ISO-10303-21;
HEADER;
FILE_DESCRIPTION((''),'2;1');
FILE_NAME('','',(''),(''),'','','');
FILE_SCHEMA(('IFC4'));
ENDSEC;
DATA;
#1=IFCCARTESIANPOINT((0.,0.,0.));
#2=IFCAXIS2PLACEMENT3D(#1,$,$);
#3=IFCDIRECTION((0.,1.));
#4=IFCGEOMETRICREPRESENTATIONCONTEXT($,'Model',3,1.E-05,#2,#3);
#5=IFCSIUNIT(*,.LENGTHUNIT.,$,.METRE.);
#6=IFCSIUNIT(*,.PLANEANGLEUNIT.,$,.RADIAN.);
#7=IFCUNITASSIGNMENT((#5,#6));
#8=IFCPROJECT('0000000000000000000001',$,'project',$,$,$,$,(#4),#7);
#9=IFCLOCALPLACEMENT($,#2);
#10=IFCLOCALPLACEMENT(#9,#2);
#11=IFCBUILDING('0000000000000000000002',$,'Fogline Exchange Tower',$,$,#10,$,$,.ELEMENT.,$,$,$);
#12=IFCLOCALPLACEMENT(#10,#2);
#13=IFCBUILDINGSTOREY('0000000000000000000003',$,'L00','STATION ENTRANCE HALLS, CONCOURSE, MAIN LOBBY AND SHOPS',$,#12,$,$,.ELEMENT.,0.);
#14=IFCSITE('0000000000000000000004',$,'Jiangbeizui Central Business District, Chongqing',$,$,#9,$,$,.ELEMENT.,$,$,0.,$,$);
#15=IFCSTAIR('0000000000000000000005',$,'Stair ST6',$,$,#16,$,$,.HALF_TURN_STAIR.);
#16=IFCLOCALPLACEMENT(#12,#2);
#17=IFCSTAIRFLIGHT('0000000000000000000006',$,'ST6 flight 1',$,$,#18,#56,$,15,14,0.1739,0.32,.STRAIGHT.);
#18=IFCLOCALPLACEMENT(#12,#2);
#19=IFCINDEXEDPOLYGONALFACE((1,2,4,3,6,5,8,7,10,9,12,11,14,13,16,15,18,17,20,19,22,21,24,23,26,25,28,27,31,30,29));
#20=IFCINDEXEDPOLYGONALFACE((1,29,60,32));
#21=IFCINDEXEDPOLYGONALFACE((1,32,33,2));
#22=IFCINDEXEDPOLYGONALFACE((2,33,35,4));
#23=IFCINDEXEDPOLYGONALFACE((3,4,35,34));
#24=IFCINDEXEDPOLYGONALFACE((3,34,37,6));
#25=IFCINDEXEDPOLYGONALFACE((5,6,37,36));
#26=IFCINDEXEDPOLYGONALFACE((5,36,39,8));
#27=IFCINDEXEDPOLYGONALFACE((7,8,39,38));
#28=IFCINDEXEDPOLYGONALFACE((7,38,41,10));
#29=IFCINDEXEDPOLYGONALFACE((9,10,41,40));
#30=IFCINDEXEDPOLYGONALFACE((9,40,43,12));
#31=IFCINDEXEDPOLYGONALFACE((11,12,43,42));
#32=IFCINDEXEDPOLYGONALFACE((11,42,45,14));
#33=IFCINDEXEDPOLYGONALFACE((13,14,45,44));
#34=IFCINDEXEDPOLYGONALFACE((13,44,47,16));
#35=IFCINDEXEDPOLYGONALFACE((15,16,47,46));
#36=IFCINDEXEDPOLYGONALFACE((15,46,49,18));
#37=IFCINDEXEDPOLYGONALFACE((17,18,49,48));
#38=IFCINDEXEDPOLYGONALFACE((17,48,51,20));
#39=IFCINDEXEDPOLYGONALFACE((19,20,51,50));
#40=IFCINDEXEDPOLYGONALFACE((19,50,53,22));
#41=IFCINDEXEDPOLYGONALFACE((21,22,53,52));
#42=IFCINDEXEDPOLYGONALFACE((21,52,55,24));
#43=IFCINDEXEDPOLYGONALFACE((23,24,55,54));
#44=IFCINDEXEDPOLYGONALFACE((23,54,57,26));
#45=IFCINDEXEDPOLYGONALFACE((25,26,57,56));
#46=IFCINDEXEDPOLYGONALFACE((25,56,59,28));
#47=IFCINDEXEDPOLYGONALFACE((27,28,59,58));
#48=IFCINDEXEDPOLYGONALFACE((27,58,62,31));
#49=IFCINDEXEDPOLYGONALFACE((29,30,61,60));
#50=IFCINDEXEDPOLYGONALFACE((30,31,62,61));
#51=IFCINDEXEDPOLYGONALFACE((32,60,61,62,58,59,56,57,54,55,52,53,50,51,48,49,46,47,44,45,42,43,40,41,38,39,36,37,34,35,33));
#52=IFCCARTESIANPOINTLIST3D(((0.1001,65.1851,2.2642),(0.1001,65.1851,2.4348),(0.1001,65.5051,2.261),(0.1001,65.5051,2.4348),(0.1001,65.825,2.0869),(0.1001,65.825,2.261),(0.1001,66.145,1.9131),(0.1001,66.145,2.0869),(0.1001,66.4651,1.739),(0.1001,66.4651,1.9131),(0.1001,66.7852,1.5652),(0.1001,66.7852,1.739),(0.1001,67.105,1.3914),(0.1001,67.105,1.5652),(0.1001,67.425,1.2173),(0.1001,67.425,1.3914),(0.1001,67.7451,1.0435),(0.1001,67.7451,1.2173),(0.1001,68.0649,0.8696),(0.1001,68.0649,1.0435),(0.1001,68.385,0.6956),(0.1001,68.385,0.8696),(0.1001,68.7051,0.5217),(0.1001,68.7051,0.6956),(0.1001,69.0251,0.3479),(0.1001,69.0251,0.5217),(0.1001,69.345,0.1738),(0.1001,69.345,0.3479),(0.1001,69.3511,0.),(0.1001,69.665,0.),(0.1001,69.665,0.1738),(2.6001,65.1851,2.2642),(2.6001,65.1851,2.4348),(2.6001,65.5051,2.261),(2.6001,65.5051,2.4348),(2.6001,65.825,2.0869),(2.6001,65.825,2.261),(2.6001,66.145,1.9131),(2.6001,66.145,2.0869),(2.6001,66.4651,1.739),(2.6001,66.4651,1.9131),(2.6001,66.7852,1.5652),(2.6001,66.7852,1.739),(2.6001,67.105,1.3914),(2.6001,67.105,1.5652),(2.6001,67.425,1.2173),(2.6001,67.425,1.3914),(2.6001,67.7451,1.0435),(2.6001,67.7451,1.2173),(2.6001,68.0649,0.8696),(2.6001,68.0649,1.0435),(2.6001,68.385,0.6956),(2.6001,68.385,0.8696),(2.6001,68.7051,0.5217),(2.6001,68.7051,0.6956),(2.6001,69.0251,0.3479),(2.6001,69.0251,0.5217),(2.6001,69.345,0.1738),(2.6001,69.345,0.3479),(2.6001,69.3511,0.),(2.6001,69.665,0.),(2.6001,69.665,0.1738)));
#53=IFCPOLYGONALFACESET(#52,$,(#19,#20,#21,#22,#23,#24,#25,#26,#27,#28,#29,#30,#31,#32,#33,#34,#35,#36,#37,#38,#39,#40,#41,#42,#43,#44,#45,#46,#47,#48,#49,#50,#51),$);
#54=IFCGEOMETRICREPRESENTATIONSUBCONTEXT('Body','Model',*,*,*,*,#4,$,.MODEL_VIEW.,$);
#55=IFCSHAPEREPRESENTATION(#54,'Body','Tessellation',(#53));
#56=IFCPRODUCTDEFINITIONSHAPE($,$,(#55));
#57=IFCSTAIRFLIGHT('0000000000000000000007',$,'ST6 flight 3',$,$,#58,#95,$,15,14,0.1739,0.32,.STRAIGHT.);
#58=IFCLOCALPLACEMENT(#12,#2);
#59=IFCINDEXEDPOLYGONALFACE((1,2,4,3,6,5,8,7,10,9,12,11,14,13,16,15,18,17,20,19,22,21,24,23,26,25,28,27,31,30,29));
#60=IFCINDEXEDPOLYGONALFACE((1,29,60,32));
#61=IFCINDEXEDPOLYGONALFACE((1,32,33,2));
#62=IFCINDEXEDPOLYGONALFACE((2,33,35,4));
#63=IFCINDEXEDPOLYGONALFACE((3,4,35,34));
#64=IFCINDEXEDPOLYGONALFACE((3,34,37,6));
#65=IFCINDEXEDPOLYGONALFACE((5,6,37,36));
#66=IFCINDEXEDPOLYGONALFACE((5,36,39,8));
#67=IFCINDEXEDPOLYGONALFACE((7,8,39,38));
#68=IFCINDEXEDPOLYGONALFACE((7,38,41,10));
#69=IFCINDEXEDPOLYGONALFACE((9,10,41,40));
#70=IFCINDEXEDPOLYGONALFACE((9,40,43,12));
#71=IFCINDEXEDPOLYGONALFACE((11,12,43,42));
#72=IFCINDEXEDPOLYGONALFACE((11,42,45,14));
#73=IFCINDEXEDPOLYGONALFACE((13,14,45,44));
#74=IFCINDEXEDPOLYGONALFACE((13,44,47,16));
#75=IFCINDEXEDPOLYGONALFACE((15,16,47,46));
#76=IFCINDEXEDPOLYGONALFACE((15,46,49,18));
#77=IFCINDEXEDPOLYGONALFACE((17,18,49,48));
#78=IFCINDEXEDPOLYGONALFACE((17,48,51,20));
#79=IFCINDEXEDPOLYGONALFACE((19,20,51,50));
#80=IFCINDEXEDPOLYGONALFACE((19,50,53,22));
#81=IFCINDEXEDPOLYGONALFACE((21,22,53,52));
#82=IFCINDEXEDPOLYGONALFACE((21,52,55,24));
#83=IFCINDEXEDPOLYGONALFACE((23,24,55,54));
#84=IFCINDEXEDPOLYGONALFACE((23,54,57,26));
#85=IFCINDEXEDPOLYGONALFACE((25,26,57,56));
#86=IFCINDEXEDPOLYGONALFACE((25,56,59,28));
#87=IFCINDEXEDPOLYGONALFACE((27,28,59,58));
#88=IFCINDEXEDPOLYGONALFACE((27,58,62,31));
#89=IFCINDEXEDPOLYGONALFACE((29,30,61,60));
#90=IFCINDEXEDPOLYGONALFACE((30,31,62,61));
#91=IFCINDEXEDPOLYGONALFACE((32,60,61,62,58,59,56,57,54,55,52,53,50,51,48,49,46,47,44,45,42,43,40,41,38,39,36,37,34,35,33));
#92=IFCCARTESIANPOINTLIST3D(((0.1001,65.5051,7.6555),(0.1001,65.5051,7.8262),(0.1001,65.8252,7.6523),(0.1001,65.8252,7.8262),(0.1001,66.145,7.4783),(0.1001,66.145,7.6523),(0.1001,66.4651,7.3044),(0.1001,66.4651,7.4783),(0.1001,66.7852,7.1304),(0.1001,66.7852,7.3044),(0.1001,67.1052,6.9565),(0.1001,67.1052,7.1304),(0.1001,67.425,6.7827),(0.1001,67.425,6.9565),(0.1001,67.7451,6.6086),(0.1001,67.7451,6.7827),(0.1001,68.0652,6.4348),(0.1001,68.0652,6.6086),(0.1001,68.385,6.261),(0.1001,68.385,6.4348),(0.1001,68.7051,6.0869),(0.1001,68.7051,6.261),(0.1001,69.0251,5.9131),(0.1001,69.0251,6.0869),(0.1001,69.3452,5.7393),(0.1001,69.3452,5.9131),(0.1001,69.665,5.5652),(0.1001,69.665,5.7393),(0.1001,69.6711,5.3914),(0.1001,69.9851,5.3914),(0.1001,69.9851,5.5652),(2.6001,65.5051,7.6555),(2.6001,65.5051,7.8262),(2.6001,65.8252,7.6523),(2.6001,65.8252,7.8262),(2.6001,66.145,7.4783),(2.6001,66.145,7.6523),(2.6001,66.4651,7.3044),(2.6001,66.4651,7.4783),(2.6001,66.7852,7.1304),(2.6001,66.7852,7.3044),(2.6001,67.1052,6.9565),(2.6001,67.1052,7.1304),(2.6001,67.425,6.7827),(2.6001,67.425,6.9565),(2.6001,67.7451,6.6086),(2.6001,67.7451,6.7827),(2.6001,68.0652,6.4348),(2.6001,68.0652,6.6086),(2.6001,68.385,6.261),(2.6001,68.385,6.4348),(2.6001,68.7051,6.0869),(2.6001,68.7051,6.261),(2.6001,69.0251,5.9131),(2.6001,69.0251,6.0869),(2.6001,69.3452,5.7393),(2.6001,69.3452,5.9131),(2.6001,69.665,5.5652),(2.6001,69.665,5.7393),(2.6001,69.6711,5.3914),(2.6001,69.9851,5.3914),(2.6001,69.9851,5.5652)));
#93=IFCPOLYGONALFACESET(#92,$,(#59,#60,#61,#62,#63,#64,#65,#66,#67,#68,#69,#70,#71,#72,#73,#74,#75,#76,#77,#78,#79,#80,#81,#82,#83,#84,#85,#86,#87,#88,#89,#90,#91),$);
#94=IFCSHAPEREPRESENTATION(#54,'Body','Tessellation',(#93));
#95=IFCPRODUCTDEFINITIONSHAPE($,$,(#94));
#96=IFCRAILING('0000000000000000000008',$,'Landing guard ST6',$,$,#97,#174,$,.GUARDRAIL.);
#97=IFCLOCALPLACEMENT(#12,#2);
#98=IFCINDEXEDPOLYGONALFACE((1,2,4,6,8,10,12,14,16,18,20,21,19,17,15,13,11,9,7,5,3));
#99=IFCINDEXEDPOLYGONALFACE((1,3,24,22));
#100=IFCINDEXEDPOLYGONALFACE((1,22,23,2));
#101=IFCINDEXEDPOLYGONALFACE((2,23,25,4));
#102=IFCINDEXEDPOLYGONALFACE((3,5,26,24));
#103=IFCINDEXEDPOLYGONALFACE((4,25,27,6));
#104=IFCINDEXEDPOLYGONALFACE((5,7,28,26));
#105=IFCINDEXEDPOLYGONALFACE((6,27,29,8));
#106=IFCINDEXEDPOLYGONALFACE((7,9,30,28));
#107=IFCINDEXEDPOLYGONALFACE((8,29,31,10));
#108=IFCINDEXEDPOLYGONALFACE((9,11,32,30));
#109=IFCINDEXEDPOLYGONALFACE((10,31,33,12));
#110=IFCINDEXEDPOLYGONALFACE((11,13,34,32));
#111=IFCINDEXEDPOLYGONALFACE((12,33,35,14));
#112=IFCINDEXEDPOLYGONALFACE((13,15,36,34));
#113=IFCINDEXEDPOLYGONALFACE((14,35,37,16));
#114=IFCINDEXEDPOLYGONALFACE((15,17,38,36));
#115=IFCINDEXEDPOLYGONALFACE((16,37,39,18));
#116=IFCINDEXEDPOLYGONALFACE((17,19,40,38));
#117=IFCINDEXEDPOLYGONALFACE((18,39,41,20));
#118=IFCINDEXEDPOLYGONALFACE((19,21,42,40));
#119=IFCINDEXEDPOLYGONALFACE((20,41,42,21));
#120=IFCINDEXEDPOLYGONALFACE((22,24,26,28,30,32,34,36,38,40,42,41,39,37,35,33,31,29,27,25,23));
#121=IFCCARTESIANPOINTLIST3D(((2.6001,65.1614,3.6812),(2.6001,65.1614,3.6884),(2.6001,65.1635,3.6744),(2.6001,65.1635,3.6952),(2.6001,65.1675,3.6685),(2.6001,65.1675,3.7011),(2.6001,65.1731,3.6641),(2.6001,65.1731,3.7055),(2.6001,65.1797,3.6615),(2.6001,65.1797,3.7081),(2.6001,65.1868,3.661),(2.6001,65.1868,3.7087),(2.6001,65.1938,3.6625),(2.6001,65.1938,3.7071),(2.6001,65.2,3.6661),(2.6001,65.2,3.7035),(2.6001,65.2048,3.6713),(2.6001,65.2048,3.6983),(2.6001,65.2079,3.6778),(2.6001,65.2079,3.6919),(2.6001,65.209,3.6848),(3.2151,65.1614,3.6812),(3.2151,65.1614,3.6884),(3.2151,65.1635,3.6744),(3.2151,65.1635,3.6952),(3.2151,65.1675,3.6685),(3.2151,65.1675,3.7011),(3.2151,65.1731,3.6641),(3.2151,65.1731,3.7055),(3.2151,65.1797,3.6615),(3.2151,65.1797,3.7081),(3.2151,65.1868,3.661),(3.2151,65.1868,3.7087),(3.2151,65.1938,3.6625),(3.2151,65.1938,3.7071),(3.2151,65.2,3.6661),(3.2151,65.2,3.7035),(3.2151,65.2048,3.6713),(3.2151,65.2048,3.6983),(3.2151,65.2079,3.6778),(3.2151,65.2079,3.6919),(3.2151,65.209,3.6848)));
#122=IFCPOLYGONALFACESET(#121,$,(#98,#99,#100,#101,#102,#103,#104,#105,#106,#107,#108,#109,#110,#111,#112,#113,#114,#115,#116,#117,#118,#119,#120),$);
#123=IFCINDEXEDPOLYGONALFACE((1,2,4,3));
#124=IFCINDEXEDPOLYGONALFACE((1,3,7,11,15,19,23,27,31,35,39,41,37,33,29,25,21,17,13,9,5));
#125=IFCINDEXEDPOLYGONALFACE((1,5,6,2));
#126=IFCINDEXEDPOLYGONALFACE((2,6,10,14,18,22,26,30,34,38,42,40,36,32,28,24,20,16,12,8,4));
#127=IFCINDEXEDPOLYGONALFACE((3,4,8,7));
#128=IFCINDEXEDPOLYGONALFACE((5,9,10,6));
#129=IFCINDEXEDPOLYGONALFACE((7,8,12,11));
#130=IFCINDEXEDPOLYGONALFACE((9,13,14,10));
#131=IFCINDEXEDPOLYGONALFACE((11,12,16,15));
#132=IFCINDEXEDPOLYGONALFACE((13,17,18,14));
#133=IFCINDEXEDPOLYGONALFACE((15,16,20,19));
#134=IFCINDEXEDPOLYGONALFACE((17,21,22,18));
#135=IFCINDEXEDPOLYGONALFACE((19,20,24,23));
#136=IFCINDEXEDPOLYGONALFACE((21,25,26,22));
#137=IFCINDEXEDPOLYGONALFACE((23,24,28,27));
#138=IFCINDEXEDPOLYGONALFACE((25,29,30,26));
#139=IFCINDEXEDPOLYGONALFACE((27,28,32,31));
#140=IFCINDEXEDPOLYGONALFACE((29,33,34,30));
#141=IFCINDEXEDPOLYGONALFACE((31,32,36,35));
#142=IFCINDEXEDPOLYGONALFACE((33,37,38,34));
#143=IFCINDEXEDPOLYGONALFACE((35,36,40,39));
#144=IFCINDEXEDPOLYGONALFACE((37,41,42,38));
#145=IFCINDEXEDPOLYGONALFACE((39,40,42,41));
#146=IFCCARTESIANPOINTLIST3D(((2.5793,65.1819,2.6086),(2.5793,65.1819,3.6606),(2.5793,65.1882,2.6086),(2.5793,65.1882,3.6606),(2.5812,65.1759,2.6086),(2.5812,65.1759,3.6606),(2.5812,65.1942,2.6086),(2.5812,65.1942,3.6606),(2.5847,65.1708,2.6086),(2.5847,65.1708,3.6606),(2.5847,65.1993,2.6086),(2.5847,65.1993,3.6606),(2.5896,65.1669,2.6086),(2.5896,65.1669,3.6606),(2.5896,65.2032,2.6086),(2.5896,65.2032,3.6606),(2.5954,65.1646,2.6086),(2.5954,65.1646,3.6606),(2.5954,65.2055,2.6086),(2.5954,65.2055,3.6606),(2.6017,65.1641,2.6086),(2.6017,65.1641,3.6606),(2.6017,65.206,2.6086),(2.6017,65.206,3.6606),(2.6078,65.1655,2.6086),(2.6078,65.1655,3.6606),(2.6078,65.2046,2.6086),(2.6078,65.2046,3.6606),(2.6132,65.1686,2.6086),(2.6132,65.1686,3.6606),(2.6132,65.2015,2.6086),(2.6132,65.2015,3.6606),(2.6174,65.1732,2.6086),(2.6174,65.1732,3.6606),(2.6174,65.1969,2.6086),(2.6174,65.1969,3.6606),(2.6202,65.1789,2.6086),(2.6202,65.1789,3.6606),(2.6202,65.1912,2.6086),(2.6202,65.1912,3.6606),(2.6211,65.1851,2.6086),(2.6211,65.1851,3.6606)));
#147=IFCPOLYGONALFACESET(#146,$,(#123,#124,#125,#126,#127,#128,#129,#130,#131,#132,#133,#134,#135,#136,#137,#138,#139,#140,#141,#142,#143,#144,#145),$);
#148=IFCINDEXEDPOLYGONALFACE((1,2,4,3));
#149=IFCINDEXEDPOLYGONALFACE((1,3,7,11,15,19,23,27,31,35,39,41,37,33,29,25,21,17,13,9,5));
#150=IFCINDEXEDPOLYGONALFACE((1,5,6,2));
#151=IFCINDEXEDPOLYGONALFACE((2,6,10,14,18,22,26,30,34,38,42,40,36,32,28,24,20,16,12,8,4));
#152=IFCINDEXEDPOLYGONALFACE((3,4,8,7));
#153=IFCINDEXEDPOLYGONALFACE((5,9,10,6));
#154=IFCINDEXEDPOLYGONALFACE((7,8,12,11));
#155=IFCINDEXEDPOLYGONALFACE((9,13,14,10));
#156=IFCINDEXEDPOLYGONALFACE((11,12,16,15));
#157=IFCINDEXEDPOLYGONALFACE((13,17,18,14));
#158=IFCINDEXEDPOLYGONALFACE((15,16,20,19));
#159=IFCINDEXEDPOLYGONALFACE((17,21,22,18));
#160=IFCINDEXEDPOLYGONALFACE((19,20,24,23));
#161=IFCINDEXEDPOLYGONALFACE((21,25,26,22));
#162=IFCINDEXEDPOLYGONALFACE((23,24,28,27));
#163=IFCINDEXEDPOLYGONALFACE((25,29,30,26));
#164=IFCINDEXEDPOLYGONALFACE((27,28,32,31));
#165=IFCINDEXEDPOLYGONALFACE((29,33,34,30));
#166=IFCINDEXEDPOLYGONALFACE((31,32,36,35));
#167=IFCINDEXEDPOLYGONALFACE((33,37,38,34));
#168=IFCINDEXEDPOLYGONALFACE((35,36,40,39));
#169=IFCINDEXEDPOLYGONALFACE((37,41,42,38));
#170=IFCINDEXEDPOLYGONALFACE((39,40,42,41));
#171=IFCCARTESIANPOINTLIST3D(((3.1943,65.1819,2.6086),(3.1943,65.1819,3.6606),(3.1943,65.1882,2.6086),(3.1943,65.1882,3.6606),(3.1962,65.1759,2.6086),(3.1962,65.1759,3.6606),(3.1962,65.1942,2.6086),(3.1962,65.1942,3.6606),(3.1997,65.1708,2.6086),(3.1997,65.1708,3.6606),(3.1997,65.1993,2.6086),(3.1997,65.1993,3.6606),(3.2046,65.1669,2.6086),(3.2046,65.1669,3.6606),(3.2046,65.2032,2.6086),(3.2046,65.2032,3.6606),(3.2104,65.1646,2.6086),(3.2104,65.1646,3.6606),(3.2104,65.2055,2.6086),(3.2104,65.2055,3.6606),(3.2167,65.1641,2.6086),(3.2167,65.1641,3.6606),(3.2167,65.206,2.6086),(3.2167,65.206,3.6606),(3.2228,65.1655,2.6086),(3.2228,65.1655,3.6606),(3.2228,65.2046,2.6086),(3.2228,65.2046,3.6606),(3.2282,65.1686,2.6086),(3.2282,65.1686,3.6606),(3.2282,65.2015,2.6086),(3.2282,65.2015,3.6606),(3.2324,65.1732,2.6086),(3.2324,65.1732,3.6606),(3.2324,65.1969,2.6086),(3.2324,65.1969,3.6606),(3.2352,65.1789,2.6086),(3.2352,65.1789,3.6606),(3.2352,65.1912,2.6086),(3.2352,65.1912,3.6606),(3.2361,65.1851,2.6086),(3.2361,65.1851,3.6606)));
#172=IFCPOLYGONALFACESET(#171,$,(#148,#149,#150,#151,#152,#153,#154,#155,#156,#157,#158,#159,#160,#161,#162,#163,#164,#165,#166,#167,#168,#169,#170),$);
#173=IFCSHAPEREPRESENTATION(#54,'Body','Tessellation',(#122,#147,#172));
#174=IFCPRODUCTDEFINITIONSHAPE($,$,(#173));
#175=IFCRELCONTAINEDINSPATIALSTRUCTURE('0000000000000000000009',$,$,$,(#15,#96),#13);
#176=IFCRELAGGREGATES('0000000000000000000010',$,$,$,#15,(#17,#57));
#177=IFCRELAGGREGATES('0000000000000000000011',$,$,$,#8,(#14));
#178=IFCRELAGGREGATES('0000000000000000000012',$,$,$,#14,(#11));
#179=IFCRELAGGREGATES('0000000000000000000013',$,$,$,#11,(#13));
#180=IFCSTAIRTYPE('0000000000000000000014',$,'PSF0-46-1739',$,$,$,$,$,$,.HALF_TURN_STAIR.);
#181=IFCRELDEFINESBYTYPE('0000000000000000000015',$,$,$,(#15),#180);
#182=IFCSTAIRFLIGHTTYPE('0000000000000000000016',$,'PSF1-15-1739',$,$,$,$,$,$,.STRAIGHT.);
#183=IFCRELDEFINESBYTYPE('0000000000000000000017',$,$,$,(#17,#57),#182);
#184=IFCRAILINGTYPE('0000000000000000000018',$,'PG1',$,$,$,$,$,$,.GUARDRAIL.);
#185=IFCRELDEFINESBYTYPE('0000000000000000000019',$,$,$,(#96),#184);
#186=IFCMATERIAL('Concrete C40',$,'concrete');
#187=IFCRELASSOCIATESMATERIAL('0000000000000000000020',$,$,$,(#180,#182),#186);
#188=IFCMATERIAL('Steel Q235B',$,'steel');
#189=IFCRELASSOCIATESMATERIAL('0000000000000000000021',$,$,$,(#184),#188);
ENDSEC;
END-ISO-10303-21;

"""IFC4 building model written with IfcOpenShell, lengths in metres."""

from ifc_helpers import new_model, si_unit, direction, frame, origin, origin_2d, place, context, subcontext, project, spatial, polyline, circle, outline, extrude, material, type_object, element, aggregate, save


model = new_model("IFC4")

# Units and contexts
model_context = context("Model", 3, precision=1e-05, world=origin(), true_north=direction((0.0, 1.0)))
body_context = subcontext(model_context, "Body", "Model", "MODEL_VIEW")
ifc_project = project(units=[si_unit("LENGTHUNIT", "METRE"), si_unit("PLANEANGLEUNIT", "RADIAN")], contexts=[model_context])

# Site, building, storey
site_placement = place(None, origin())
site = spatial("IfcSite", under=ifc_project, at=site_placement, Name="Jiangbeizui Central Business District, Chongqing", CompositionType="ELEMENT", RefElevation=0.0)
building_placement = place(site_placement, origin())
building = spatial("IfcBuilding", under=site, at=building_placement, Name="Fogline Exchange Tower", CompositionType="ELEMENT")
storey_placement = place(building_placement, origin())
storey = spatial("IfcBuildingStorey", under=building, at=storey_placement, Name="L00", Description="STATION ENTRANCE HALLS, CONCOURSE, MAIN LOBBY AND SHOPS", CompositionType="ELEMENT", Elevation=0.0)

# Shared definitions
ifc_material_1 = material(Name="Steel Q235B", Category="steel")

# Shared definitions
ifc_material_2 = material(Name="Concrete C40", Category="concrete")

# Stair, stair flights
stair_type = type_object("IfcStairType", Name="PSF0-46-1739", PredefinedType="HALF_TURN_STAIR", material=ifc_material_2)
stair_placement = place(storey_placement, origin())
stair = element("IfcStair", 1, at=stair_placement, inside=storey, type_object=stair_type, Name="Stair ST6", PredefinedType="HALF_TURN_STAIR")
stair_flight_type = type_object("IfcStairFlightType", Name="PSF1-15-1739", PredefinedType="STRAIGHT", material=ifc_material_2)
stair_flight_1_placement = place(storey_placement, frame((1.3501, 69.665, 0.0), z_axis=(0.0, 0.0, 1.0), x_axis=(0.0, -1.0, 0.0)))
stair_flight_1 = element("IfcStairFlight", 2, at=stair_flight_1_placement, type_object=stair_flight_type, Name="ST6 flight 1", NumberOfRisers=15, NumberOfTreads=14, PredefinedType="STRAIGHT", RiserHeight=0.1739, TreadLength=0.32, context=body_context, shape_type="SweptSolid", body=[
    extrude(outline(polyline([(0.0, 0.0), (0.0, 0.1738), (0.3201, 0.1738), (0.3201, 0.3479), (0.6399, 0.3479), (0.6399, 0.5217), (0.96, 0.5217), (0.96, 0.6956), (1.28, 0.6956), (1.28, 0.8696), (1.6001, 0.8696), (1.6001, 1.0435), (1.9199, 1.0435), (1.9199, 1.2173), (2.24, 1.2173), (2.24, 1.3914), (2.5601, 1.3914), (2.5601, 1.5652), (2.8799, 1.5652), (2.8799, 1.739), (3.2, 1.739), (3.2, 1.9131), (3.52, 1.9131), (3.52, 2.0869), (3.8401, 2.0869), (3.8401, 2.261), (4.1599, 2.261), (4.1599, 2.4348), (4.48, 2.4348), (4.48, 2.6086), (4.48, 2.2642), (0.314, 0.0), (0.0, 0.0)])), frame((0.0, 1.25, 0.0), z_axis=(0.0, -1.0, 0.0), x_axis=(1.0, 0.0, 0.0)), (0.0, 0.0, 1.0), 2.5),
])
stair_flight_2_placement = place(storey_placement, frame((1.3501, 69.9851, 5.3914), z_axis=(0.0, 0.0, 1.0), x_axis=(0.0, -1.0, 0.0)))
stair_flight_2 = element("IfcStairFlight", 3, at=stair_flight_2_placement, type_object=stair_flight_type, Name="ST6 flight 3", NumberOfRisers=15, NumberOfTreads=14, PredefinedType="STRAIGHT", RiserHeight=0.1739, TreadLength=0.32, context=body_context, shape_type="SweptSolid", body=[
    extrude(outline(polyline([(0.0, 0.0), (0.0, 0.1738), (0.3201, 0.1738), (0.3201, 0.3479), (0.6399, 0.3479), (0.6399, 0.5217), (0.96, 0.5217), (0.96, 0.6956), (1.28, 0.6956), (1.28, 0.8696), (1.6001, 0.8696), (1.6001, 1.0435), (1.9199, 1.0435), (1.9199, 1.2173), (2.24, 1.2173), (2.24, 1.3914), (2.5601, 1.3914), (2.5601, 1.5652), (2.8799, 1.5652), (2.8799, 1.739), (3.2, 1.739), (3.2, 1.9131), (3.52, 1.9131), (3.52, 2.0869), (3.8401, 2.0869), (3.8401, 2.261), (4.1599, 2.261), (4.1599, 2.4348), (4.48, 2.4348), (4.48, 2.6086), (4.48, 2.2642), (0.314, 0.0), (0.0, 0.0)])), frame((0.0, 1.25, 0.0), z_axis=(0.0, -1.0, 0.0), x_axis=(1.0, 0.0, 0.0)), (0.0, 0.0, 1.0), 2.5),
])
aggregate(stair, [stair_flight_1, stair_flight_2])

# Railing
railing_type_1 = type_object("IfcRailingType", Name="PG1", PredefinedType="GUARDRAIL", material=ifc_material_1)
for number, where, name in (
    (4, (2.6001, 65.1851, 2.6086), "Landing guard ST6"),
):
    element("IfcRailing", number, at=place(storey_placement, frame(where)), inside=storey, type_object=railing_type_1, Name=name, PredefinedType="GUARDRAIL", context=body_context, shape_type="SweptSolid", body=[
        extrude(circle(Radius=0.0239, at=origin_2d()), frame((0.0, 0.0, 1.0762), z_axis=(1.0, 0.0, 0.0), x_axis=(0.0, 1.0, 0.0)), (0.0, 0.0, 1.0), 0.615),
        extrude(circle(Radius=0.021, at=origin_2d()), origin(), (0.0, 0.0, 1.0), 1.052),
        extrude(circle(Radius=0.021, at=origin_2d()), frame((0.615, 0.0, 0.0)), (0.0, 0.0, 1.0), 1.052),
    ])

save(model, "model.ifc")
